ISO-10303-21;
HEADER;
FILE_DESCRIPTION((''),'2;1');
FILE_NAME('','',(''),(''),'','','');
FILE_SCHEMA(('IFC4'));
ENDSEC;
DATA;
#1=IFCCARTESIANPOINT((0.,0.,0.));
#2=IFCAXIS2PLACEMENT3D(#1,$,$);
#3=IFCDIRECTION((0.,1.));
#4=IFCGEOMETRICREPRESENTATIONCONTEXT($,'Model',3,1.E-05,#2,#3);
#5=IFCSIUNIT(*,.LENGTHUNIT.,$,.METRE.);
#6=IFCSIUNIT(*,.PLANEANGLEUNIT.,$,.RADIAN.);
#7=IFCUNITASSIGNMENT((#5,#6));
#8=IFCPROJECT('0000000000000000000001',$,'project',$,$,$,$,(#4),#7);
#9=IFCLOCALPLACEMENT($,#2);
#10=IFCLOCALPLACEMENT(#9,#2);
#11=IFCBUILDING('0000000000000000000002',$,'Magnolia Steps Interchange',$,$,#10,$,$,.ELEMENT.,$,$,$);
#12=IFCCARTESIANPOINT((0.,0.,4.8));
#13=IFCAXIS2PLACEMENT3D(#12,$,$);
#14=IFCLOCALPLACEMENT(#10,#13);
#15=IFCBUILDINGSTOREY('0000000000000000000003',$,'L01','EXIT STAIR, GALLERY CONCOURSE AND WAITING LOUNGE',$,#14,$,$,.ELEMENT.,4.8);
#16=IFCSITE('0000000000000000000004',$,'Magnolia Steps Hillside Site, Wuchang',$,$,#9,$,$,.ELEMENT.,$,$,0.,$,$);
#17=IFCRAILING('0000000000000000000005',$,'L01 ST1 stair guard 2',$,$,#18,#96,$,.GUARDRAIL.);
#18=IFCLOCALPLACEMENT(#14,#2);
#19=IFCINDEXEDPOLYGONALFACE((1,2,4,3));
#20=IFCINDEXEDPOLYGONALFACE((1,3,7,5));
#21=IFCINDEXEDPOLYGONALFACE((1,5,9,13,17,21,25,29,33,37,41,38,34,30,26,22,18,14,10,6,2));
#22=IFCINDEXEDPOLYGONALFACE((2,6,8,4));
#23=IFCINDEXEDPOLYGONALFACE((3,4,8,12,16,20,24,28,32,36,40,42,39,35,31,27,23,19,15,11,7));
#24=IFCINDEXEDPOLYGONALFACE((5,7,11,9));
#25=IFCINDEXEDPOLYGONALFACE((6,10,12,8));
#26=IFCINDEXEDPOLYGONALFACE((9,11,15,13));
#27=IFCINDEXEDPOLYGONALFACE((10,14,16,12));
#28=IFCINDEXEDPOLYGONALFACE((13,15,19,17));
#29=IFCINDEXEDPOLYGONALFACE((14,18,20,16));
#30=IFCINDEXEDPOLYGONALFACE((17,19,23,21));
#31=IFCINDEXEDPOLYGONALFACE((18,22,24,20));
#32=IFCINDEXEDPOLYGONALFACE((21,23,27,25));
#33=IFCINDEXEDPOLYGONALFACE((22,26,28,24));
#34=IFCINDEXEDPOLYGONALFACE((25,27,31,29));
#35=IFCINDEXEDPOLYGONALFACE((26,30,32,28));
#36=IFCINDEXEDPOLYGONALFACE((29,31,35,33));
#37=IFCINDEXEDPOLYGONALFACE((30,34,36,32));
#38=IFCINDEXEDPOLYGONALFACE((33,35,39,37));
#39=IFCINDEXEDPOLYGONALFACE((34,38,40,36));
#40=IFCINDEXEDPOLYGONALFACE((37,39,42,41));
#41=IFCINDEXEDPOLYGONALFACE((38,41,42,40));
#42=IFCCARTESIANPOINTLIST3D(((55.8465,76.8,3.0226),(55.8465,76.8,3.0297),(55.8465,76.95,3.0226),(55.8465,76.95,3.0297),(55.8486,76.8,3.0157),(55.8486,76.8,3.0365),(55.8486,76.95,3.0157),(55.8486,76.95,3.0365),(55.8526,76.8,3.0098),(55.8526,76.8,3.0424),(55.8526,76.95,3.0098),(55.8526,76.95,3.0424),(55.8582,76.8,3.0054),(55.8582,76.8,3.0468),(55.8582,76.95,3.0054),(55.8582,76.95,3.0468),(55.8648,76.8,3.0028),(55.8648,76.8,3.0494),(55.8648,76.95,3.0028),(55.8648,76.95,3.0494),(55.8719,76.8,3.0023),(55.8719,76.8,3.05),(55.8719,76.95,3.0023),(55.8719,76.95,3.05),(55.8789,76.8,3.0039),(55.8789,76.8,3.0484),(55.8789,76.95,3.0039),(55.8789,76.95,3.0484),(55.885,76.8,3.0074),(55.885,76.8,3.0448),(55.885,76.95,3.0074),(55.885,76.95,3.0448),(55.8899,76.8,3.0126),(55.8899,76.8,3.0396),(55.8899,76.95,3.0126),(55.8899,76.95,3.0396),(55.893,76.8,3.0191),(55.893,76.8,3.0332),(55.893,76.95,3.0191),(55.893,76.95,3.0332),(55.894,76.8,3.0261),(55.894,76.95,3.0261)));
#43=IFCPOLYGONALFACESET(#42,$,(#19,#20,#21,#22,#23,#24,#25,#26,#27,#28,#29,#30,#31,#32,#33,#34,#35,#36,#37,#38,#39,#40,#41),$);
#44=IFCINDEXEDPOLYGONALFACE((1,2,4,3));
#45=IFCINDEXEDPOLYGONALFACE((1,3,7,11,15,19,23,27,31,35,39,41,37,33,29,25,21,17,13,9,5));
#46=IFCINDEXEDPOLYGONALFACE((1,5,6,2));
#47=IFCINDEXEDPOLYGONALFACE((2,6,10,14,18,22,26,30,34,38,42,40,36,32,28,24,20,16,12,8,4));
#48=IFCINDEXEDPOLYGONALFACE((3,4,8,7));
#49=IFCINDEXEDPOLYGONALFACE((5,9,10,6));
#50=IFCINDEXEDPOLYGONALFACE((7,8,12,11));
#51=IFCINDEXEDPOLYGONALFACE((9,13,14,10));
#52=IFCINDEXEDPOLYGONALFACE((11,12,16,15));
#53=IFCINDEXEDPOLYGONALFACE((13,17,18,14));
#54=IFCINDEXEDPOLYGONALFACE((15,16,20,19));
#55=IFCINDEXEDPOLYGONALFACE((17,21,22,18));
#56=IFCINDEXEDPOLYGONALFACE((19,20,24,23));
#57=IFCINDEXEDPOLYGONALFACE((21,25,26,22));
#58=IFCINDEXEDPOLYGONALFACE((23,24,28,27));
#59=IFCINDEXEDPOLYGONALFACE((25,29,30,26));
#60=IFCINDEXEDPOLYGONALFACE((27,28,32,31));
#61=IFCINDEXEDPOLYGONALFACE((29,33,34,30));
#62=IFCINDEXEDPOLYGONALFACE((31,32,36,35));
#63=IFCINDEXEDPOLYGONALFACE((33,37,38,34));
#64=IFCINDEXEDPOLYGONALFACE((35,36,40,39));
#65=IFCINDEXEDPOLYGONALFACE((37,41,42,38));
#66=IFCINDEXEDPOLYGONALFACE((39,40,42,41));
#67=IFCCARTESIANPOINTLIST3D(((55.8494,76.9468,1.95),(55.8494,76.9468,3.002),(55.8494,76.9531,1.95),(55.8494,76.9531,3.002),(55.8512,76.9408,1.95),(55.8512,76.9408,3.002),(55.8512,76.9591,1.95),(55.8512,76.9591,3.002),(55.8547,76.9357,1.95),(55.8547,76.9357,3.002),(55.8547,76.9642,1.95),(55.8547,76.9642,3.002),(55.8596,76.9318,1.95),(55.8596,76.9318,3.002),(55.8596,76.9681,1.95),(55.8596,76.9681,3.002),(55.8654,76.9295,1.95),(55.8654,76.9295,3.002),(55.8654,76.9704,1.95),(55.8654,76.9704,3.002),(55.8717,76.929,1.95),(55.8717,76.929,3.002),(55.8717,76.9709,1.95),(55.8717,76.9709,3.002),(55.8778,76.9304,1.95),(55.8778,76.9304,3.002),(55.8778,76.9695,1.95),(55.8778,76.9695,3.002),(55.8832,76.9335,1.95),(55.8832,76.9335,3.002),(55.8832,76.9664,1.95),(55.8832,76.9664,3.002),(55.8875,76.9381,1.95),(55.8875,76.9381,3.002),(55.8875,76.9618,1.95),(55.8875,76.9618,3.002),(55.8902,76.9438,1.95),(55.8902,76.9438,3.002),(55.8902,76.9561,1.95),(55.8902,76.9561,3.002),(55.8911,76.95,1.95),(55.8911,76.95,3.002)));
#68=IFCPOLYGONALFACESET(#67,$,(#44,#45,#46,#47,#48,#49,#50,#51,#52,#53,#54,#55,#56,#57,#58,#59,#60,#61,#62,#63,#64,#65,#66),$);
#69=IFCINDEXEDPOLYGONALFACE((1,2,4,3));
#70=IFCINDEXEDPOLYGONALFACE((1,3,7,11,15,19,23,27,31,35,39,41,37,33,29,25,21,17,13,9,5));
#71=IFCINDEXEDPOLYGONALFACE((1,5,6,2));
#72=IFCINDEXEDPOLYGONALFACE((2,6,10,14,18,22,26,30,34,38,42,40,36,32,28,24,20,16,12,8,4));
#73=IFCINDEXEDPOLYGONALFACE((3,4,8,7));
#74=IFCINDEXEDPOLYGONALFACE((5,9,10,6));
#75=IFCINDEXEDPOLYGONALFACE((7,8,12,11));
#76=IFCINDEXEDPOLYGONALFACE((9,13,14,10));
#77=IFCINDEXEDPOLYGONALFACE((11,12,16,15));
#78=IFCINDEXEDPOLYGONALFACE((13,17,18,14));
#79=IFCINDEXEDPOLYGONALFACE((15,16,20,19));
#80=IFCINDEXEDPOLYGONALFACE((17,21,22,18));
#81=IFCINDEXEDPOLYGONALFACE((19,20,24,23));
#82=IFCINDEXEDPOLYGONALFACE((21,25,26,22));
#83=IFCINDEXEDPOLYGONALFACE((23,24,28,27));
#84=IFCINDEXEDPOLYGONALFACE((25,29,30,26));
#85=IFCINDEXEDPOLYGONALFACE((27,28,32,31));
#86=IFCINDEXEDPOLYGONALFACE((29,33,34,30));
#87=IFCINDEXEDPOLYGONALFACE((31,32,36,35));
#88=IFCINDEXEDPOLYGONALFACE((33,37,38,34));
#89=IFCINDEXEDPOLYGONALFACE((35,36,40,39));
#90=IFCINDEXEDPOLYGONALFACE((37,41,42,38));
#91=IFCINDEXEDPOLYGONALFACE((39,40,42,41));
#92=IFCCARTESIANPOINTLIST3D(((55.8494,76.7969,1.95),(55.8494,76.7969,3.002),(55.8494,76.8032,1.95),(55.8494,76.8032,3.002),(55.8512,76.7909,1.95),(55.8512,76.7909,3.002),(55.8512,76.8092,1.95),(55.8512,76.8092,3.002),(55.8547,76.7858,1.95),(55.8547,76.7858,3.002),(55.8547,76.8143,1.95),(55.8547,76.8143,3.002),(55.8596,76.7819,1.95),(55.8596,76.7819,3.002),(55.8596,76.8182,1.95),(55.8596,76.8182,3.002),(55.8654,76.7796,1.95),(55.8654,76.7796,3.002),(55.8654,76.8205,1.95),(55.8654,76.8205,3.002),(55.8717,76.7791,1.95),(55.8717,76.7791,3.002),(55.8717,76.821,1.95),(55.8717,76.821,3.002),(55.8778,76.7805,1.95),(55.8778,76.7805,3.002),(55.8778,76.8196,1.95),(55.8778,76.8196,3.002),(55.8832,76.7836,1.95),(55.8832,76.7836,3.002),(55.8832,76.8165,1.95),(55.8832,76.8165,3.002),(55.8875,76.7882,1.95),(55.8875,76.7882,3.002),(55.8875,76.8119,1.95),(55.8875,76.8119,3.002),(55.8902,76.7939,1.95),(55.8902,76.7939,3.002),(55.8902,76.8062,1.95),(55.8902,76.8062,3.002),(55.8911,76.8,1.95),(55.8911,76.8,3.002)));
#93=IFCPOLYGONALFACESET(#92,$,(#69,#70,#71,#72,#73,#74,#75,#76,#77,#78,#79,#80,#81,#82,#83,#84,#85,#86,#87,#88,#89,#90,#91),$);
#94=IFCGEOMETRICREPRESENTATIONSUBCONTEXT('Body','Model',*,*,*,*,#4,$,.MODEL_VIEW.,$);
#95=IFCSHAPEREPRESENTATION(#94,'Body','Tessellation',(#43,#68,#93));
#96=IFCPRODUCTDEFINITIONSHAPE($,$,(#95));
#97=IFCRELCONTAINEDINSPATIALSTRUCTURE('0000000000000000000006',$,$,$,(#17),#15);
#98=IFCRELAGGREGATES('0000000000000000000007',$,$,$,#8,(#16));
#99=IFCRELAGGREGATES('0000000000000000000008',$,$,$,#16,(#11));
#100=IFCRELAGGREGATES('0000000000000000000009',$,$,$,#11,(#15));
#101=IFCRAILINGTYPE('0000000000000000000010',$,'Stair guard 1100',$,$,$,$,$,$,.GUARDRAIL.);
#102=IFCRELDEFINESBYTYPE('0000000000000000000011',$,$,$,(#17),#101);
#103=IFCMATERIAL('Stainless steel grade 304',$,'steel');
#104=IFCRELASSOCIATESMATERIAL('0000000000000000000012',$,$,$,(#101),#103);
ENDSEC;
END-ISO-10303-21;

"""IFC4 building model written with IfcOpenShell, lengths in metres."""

from ifc_helpers import new_model, si_unit, direction, frame, origin, origin_2d, place, context, subcontext, project, spatial, circle, extrude, material, type_object, element, save


model = new_model("IFC4")

# Units and contexts
model_context = context("Model", 3, precision=1e-05, world=origin(), true_north=direction((0.0, 1.0)))
body_context = subcontext(model_context, "Body", "Model", "MODEL_VIEW")
ifc_project = project(units=[si_unit("LENGTHUNIT", "METRE"), si_unit("PLANEANGLEUNIT", "RADIAN")], contexts=[model_context])

# Site, building, storey
site_placement = place(None, origin())
site = spatial("IfcSite", under=ifc_project, at=site_placement, Name="Magnolia Steps Hillside Site, Wuchang", CompositionType="ELEMENT", RefElevation=0.0)
building_placement = place(site_placement, origin())
building = spatial("IfcBuilding", under=site, at=building_placement, Name="Magnolia Steps Interchange", CompositionType="ELEMENT")
storey_placement = place(building_placement, frame((0.0, 0.0, 4.8)))
storey = spatial("IfcBuildingStorey", under=building, at=storey_placement, Name="L01", Description="EXIT STAIR, GALLERY CONCOURSE AND WAITING LOUNGE", CompositionType="ELEMENT", Elevation=4.8)

# Railing
ifc_material_1 = material(Name="Stainless steel grade 304", Category="steel")
railing_type_1 = type_object("IfcRailingType", Name="Stair guard 1100", PredefinedType="GUARDRAIL", material=ifc_material_1)
railing_1_placement = place(storey_placement, frame((55.8701, 76.95, 1.95)))
element("IfcRailing", 1, at=railing_1_placement, inside=storey, type_object=railing_type_1, Name="L01 ST1 stair guard 2", PredefinedType="GUARDRAIL", context=body_context, shape_type="SweptSolid", body=[
    extrude(circle(Radius=0.0239, at=origin_2d()), frame((0.0, 0.0, 1.0762), z_axis=(0.0, -1.0, 0.0), x_axis=(1.0, 0.0, 0.0)), (0.0, 0.0, 1.0), 0.1499),
    extrude(circle(Radius=0.021, at=origin_2d()), origin(), (0.0, 0.0, 1.0), 1.052),
    extrude(circle(Radius=0.021, at=origin_2d()), frame((0.0, -0.1499, 0.0)), (0.0, 0.0, 1.0), 1.052),
])

save(model, "model.ifc")
